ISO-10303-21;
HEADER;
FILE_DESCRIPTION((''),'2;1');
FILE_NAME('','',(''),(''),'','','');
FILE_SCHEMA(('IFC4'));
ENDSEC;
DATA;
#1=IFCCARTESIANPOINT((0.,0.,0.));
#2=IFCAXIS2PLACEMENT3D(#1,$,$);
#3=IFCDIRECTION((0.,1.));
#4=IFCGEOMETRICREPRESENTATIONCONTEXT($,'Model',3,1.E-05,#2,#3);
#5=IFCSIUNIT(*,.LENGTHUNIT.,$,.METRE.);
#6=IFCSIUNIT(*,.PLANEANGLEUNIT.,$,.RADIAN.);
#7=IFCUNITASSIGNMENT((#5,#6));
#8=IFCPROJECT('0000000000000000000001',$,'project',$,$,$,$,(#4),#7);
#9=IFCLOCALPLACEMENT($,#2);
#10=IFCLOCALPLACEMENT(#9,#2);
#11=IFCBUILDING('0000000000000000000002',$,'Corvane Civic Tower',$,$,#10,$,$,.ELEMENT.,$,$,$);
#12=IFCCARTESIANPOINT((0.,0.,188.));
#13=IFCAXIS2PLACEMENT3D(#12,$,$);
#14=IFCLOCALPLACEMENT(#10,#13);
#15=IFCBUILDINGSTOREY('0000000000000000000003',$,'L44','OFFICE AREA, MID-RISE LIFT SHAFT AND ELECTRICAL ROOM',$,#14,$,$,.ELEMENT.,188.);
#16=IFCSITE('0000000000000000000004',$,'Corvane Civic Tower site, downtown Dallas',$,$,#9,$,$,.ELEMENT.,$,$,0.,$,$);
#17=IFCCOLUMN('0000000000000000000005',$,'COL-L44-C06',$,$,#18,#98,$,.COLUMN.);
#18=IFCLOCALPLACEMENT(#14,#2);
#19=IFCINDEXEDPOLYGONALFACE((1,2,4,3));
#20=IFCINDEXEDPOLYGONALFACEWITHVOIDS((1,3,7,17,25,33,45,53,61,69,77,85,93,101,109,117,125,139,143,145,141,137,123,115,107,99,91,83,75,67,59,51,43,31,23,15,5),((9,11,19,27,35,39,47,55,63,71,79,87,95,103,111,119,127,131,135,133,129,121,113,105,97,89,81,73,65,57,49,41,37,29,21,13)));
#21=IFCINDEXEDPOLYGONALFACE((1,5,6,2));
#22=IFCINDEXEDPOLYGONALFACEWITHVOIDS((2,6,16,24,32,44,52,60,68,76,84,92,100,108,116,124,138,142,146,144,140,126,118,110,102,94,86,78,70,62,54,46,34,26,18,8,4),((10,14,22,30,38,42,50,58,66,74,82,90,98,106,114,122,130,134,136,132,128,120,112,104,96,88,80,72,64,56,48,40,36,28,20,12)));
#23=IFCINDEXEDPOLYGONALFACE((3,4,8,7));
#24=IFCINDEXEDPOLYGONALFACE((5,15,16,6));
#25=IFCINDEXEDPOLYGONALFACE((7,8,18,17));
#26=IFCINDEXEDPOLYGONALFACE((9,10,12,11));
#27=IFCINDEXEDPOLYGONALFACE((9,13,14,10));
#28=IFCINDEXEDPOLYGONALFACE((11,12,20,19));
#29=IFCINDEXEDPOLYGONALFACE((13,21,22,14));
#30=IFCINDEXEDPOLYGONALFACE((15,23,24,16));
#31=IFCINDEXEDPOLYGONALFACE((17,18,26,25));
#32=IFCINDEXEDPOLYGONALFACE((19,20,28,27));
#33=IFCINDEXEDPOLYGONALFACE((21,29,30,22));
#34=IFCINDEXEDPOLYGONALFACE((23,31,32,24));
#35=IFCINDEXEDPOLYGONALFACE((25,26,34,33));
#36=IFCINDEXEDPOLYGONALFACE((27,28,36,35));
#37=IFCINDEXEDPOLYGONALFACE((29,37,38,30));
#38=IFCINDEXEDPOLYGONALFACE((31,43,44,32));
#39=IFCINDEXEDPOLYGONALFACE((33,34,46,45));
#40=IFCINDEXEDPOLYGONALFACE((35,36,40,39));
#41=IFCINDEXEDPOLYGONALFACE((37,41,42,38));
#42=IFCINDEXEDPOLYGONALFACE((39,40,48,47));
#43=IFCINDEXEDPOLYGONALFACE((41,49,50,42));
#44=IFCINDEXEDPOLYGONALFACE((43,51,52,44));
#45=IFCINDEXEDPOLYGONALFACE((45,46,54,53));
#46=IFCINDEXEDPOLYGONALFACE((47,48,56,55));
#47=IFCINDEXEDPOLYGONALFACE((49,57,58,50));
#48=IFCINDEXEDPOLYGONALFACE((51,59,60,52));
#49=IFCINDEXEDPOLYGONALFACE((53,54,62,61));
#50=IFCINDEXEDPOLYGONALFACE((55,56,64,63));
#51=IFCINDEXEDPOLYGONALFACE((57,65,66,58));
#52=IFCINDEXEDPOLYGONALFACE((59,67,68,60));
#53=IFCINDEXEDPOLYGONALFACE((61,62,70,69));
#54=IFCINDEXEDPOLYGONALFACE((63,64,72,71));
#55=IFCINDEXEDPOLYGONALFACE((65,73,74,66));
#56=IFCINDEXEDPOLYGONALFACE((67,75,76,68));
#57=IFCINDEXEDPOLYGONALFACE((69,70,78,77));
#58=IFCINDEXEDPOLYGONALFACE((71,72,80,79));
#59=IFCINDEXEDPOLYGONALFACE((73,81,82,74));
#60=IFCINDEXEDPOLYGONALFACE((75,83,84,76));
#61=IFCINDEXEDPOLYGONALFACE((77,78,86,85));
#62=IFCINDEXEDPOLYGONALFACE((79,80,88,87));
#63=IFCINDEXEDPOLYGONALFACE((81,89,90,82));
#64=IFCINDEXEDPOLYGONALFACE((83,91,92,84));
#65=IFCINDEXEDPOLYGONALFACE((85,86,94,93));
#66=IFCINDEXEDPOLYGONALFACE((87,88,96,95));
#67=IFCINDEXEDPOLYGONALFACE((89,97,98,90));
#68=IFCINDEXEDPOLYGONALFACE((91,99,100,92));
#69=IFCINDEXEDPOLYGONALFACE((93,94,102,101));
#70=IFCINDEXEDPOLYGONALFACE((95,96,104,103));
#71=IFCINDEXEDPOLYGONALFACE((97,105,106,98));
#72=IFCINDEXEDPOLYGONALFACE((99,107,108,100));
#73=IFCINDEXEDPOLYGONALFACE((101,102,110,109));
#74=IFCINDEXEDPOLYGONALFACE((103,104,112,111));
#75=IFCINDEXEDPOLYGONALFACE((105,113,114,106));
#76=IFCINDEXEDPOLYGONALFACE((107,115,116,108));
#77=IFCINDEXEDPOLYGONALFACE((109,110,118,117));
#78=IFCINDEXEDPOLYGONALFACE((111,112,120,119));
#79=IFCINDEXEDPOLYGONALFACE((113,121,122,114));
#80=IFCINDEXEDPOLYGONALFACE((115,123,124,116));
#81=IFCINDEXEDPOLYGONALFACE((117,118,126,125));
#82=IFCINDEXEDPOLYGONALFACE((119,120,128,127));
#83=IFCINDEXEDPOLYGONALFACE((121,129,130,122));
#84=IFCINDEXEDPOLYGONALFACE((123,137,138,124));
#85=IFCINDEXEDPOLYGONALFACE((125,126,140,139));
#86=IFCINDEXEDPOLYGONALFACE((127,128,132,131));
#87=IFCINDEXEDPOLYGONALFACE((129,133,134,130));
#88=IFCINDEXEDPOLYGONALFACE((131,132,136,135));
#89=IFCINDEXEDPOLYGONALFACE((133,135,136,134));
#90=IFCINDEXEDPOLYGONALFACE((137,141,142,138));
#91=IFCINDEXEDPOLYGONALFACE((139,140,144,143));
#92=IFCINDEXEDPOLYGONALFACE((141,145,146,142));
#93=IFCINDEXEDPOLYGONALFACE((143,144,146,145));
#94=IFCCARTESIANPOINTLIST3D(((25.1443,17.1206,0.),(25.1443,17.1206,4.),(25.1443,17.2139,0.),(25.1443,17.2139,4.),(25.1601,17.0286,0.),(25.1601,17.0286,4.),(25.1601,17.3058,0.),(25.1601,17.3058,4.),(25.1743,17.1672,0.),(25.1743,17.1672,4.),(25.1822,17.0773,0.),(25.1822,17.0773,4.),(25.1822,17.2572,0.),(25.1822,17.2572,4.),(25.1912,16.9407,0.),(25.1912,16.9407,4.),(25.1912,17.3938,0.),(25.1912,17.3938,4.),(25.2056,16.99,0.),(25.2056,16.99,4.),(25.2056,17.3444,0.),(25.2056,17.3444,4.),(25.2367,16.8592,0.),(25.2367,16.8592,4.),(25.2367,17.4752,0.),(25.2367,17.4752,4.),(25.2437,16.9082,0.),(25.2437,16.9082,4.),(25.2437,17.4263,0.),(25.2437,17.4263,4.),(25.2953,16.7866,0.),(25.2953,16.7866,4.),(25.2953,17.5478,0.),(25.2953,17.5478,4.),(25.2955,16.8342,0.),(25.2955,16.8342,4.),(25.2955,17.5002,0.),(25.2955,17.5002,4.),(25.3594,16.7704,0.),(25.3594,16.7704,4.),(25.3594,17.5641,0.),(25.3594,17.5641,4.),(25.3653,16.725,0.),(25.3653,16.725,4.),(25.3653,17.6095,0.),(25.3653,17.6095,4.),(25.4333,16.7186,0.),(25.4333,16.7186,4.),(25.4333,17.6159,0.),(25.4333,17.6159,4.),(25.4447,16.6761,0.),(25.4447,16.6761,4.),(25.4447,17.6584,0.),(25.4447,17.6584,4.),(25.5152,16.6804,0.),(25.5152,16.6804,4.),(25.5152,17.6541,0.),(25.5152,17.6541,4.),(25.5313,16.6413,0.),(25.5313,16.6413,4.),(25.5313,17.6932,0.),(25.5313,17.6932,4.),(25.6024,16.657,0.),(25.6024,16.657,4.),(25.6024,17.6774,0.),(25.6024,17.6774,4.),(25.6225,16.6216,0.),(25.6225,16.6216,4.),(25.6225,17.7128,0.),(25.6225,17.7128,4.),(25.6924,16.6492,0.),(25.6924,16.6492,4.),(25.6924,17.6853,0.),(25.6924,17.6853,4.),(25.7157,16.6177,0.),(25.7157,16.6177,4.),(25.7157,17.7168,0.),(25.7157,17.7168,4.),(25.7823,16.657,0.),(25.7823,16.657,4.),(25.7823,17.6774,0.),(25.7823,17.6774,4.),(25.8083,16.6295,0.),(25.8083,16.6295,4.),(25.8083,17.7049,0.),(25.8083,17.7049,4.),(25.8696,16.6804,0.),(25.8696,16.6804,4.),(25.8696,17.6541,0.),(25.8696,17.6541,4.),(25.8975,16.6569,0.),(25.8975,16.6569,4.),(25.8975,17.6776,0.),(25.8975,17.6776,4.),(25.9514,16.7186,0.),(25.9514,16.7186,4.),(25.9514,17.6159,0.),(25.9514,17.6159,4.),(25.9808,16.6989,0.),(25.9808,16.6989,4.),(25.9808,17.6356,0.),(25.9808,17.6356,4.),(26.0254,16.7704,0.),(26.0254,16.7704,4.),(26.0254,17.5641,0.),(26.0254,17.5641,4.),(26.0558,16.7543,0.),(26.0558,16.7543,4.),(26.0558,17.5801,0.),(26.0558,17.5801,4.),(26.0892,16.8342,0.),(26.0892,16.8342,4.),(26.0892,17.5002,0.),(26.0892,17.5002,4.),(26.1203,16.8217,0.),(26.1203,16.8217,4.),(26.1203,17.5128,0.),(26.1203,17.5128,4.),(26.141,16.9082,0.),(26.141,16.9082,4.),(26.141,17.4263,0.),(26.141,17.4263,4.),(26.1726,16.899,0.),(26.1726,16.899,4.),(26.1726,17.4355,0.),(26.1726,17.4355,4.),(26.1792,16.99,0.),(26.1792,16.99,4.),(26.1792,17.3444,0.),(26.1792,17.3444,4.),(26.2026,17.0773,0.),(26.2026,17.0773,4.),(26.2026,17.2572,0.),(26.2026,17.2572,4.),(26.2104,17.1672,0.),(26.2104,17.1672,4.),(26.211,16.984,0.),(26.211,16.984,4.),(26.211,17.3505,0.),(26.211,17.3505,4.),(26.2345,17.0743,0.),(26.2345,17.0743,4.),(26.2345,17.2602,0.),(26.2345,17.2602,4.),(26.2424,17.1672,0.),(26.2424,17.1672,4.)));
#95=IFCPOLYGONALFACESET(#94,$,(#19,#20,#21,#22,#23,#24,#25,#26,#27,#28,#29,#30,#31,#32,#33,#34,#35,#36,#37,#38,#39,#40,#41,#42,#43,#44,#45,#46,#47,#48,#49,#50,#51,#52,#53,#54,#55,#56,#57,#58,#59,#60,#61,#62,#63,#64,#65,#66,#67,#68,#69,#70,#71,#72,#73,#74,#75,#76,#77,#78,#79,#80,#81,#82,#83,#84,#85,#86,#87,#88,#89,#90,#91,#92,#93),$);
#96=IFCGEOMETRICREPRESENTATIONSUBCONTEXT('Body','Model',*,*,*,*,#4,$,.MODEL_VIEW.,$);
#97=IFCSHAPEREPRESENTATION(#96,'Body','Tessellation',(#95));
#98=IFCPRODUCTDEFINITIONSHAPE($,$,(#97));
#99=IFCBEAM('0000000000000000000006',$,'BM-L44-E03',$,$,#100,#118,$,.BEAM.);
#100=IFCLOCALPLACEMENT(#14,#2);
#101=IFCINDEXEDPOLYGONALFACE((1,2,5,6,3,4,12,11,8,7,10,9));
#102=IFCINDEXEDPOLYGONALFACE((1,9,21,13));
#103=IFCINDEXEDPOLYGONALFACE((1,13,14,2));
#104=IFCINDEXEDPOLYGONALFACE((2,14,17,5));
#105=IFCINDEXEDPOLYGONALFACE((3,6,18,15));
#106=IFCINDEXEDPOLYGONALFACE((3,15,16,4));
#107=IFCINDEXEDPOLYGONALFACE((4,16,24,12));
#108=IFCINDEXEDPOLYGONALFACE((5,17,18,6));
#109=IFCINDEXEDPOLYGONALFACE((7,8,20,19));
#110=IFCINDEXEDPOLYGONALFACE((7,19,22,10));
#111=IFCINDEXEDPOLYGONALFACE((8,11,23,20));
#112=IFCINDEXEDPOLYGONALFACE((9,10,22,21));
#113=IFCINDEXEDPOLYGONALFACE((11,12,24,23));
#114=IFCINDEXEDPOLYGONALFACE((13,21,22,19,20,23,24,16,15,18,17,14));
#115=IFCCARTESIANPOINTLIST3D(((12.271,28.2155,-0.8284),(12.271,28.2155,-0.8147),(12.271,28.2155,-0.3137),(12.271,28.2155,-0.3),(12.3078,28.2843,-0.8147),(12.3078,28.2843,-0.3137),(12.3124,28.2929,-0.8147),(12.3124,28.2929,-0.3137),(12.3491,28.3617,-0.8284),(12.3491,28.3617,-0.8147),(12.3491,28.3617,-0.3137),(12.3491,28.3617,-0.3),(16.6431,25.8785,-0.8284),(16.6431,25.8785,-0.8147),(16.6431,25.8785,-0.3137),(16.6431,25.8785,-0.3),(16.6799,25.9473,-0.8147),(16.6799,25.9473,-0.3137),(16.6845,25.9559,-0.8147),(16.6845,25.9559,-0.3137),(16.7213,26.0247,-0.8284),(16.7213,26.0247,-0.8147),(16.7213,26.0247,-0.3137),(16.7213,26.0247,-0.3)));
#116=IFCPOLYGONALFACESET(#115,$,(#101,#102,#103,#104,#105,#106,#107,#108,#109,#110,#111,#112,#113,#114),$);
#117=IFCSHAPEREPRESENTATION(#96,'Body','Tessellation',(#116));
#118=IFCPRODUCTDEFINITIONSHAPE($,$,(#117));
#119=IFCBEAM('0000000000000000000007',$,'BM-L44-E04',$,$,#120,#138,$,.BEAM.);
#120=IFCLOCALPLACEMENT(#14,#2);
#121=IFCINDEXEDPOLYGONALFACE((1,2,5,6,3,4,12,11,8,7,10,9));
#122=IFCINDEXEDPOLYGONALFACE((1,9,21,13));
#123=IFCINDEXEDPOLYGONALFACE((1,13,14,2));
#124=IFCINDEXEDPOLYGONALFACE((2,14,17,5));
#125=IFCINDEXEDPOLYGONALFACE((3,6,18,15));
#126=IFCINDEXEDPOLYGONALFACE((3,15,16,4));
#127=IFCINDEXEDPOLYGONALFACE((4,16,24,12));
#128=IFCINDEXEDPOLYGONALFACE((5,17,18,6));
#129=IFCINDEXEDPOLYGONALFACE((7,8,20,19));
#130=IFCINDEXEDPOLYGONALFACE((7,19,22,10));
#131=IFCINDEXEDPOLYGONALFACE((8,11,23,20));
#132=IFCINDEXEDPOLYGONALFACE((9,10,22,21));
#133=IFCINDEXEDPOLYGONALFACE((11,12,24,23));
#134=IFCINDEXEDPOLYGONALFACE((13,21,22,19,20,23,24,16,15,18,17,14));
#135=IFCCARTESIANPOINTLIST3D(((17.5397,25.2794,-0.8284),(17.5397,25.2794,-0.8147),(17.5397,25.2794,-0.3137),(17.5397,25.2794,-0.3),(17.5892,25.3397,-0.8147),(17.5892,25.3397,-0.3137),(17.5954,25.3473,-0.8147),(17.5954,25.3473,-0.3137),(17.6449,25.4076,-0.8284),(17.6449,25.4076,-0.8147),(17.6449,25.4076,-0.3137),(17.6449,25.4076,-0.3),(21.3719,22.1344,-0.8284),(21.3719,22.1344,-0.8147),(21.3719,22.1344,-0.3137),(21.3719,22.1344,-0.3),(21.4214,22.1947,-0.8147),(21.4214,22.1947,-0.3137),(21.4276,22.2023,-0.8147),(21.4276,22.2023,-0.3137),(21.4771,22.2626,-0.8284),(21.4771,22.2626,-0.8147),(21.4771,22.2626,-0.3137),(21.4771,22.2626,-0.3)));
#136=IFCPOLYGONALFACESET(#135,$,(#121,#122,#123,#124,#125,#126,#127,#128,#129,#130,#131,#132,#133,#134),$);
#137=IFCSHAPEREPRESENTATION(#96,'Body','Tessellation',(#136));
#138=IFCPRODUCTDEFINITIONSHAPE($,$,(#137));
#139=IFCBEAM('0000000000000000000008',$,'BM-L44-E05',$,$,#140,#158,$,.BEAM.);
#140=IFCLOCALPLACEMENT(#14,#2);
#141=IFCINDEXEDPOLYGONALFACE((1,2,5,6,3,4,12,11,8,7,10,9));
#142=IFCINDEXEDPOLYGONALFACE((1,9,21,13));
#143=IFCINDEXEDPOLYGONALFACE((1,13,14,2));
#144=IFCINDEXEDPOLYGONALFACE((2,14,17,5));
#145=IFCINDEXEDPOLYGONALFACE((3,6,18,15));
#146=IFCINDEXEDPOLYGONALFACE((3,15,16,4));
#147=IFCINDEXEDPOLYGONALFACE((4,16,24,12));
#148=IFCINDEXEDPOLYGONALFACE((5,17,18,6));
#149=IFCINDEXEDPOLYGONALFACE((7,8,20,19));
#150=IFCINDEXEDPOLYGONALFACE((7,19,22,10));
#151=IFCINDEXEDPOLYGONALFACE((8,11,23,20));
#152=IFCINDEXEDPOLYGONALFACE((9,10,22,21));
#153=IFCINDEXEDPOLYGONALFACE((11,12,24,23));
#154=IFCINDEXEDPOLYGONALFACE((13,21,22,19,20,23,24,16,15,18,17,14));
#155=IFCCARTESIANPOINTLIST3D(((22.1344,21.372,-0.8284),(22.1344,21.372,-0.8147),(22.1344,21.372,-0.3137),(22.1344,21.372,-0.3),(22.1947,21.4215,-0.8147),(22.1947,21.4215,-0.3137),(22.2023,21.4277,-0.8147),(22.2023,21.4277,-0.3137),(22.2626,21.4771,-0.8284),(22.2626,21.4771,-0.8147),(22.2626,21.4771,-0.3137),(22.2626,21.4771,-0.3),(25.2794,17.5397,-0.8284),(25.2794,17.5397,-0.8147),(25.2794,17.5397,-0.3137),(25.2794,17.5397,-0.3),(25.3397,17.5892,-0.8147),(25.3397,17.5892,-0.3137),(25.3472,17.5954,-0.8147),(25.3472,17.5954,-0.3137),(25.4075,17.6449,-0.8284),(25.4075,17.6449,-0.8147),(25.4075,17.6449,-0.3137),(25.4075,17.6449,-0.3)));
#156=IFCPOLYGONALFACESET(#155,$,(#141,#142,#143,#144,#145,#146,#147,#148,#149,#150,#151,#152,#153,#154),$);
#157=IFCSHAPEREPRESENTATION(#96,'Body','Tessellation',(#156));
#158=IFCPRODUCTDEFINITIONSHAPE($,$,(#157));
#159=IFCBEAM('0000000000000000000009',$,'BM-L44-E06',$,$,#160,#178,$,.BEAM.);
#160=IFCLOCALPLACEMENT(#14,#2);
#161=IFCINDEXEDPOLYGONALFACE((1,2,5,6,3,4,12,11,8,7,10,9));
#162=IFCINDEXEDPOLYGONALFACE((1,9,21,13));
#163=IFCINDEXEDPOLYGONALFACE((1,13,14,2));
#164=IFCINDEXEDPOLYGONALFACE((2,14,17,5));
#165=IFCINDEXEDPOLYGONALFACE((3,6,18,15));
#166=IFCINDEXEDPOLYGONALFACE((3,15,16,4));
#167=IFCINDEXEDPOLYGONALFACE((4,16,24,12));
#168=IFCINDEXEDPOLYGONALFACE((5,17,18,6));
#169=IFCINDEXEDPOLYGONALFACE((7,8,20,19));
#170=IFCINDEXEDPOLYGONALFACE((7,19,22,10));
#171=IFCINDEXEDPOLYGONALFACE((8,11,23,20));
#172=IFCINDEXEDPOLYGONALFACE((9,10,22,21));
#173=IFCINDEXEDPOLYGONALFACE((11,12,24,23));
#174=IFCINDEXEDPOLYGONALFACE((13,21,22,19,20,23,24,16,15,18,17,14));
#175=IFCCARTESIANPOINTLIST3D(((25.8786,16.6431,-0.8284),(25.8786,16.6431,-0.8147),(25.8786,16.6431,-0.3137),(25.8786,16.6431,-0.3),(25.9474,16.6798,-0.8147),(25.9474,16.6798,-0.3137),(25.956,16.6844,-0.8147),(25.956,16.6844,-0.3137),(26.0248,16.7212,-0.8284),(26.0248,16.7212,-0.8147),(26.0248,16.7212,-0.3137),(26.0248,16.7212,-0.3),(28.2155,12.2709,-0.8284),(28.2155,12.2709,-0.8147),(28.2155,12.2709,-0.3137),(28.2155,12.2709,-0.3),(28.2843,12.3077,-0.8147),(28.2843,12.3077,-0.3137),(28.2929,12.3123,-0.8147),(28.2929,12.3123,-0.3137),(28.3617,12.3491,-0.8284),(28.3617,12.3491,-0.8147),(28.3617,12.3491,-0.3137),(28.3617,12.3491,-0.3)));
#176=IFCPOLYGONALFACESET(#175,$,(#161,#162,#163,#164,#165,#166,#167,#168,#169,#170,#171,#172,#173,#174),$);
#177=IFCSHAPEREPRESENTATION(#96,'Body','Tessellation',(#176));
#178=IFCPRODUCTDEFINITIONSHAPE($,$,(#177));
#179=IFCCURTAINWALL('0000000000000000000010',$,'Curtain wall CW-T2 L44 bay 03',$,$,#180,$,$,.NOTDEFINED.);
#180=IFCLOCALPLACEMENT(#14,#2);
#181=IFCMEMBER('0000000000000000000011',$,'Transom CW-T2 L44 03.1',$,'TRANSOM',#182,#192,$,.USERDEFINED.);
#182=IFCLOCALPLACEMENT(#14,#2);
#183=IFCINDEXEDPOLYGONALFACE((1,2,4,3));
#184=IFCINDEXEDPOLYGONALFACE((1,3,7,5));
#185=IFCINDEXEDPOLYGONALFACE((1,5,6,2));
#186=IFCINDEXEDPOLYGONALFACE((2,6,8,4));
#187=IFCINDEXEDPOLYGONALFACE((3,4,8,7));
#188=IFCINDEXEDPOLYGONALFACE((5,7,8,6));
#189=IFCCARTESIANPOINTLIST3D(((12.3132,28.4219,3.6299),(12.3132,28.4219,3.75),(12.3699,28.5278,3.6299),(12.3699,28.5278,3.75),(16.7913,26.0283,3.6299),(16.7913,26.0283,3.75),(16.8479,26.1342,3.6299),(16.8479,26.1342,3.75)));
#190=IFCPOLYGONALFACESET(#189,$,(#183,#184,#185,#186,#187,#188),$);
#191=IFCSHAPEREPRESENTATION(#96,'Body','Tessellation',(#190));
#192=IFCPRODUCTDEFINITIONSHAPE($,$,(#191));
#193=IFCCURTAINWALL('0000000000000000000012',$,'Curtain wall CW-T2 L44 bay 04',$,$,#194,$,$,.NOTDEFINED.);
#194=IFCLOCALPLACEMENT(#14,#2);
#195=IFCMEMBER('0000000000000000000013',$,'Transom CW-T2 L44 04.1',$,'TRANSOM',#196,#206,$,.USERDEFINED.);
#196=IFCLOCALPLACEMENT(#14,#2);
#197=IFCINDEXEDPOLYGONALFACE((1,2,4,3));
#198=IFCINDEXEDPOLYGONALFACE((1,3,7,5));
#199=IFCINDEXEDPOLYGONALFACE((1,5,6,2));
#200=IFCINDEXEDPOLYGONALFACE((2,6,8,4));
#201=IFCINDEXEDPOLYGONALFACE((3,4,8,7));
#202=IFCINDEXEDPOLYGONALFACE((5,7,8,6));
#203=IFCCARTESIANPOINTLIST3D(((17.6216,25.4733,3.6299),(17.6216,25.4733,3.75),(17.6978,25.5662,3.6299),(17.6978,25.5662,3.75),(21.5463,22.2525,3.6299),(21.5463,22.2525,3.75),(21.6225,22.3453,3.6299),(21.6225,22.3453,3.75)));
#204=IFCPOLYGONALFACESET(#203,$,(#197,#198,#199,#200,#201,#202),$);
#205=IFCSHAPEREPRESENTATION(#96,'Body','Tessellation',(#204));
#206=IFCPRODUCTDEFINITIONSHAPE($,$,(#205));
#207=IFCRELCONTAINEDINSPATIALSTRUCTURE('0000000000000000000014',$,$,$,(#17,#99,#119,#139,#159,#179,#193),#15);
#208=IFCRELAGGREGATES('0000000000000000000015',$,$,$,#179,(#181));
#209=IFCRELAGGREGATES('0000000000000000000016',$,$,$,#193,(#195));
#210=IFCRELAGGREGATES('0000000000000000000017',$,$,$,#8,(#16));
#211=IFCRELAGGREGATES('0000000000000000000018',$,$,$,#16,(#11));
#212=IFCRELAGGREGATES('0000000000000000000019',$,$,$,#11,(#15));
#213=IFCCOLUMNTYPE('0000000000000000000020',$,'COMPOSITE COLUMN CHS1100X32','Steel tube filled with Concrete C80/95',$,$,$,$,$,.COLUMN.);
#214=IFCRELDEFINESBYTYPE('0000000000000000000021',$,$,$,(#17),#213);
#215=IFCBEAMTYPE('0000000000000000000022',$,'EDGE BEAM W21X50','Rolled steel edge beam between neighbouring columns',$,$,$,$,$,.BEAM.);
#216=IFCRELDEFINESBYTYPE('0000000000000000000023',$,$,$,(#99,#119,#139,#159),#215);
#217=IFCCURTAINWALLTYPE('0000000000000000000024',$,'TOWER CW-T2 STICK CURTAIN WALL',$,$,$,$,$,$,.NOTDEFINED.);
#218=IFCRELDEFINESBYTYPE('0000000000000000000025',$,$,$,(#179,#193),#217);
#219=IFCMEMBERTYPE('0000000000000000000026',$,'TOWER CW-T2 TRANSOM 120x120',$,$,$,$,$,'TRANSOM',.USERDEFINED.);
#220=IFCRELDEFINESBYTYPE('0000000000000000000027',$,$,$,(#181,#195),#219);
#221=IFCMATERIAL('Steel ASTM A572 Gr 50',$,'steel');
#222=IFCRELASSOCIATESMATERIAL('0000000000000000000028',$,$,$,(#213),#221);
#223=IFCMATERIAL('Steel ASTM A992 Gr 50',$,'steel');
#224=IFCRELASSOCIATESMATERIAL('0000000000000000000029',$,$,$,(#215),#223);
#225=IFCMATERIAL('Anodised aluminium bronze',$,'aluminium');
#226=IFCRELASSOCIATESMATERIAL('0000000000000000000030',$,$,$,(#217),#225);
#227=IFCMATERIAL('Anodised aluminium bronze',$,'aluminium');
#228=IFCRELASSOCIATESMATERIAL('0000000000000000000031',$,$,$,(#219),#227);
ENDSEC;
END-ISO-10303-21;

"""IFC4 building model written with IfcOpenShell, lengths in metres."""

from ifc_helpers import new_model, si_unit, direction, frame, origin, origin_2d, place, context, subcontext, project, spatial, rectangle, hollow_circle, i_section, extrude, material, material_profile, profile_set, type_object, element, aggregate, save


model = new_model("IFC4")

# Units and contexts
model_context = context("Model", 3, precision=1e-05, world=origin(), true_north=direction((0.0, 1.0)))
body_context = subcontext(model_context, "Body", "Model", "MODEL_VIEW")
ifc_project = project(units=[si_unit("LENGTHUNIT", "METRE"), si_unit("PLANEANGLEUNIT", "RADIAN")], contexts=[model_context])

# Site, building, storey
site_placement = place(None, origin())
site = spatial("IfcSite", under=ifc_project, at=site_placement, Name="Corvane Civic Tower site, downtown Dallas", CompositionType="ELEMENT", RefElevation=0.0)
building_placement = place(site_placement, origin())
building = spatial("IfcBuilding", under=site, at=building_placement, Name="Corvane Civic Tower", CompositionType="ELEMENT")
storey_placement = place(building_placement, frame((0.0, 0.0, 188.0)))
storey = spatial("IfcBuildingStorey", under=building, at=storey_placement, Name="L44", Description="OFFICE AREA, MID-RISE LIFT SHAFT AND ELECTRICAL ROOM", CompositionType="ELEMENT", Elevation=188.0)

# Column
ifc_material_1 = material(Name="Steel ASTM A572 Gr 50", Category="steel")
ifc_material_profile_1 = material_profile(ifc_material_1, hollow_circle(Radius=0.55, WallThickness=0.032, at=origin_2d()), Name="CHS1100X32")
ifc_profile_set_1 = profile_set([ifc_material_profile_1], Name="Steel ASTM A572 Gr 50")
column_type = type_object("IfcColumnType", Name="COMPOSITE COLUMN CHS1100X32", Description="Steel tube filled with Concrete C80/95", PredefinedType="COLUMN", material=ifc_profile_set_1)
for number, where, z_axis, x_axis, name in (
    (1, (25.6924, 17.1672, 0.0), (0.0, 0.0, 1.0), (1.0, 0.0, 0.0), "COL-L44-C06"),
):
    element("IfcColumn", number, at=place(storey_placement, frame(where, z_axis=z_axis, x_axis=x_axis)), inside=storey, type_object=column_type, Name=name, PredefinedType="COLUMN", context=body_context, shape_type="SweptSolid", body=[
        extrude(hollow_circle(Radius=0.55, WallThickness=0.032, at=origin_2d()), origin(), (0.0, 0.0, 1.0), 4.0),
    ])

# Beams
ifc_material_2 = material(Name="Steel ASTM A992 Gr 50", Category="steel")
ifc_material_profile_2 = material_profile(ifc_material_2, i_section(OverallWidth=0.1658, OverallDepth=0.5283, WebThickness=0.0098, FlangeThickness=0.0137, at=origin_2d()), Name="W21X50")
ifc_profile_set_2 = profile_set([ifc_material_profile_2], Name="Steel ASTM A992 Gr 50")
beam_type = type_object("IfcBeamType", Name="EDGE BEAM W21X50", Description="Rolled steel edge beam between neighbouring columns", PredefinedType="BEAM", material=ifc_profile_set_2)
for number, where, z_axis, x_axis, name in (
    (2, (12.3101, 28.2886, -0.5642), (0.881922, -0.471396, 0.0), (0.471396, 0.881922, 0.0), "BM-L44-E03"),
    (3, (17.5923, 25.3435, -0.5642), (0.773015, -0.634388, 0.0), (0.634388, 0.773015, 0.0), "BM-L44-E04"),
    (4, (22.1985, 21.4246, -0.5642), (0.634388, -0.773015, 0.0), (0.773015, 0.634388, 0.0), "BM-L44-E05"),
    (5, (25.9517, 16.6821, -0.5642), (0.471396, -0.881922, 0.0), (0.881922, 0.471396, 0.0), "BM-L44-E06"),
):
    element("IfcBeam", number, at=place(storey_placement, frame(where, z_axis=z_axis, x_axis=x_axis)), inside=storey, type_object=beam_type, Name=name, PredefinedType="BEAM", context=body_context, shape_type="SweptSolid", body=[
        extrude(i_section(OverallWidth=0.1658, OverallDepth=0.5283, WebThickness=0.0098, FlangeThickness=0.0137, at=origin_2d()), origin(), (0.0, 0.0, 1.0), 4.9575),
    ])

# Curtain walls, members
ifc_material_3 = material(Name="Anodised aluminium bronze", Category="aluminium")
curtain_wall_type = type_object("IfcCurtainWallType", Name="TOWER CW-T2 STICK CURTAIN WALL", PredefinedType="NOTDEFINED", material=ifc_material_3)
curtain_wall_1_placement = place(storey_placement, origin())
curtain_wall_1 = element("IfcCurtainWall", 6, at=curtain_wall_1_placement, inside=storey, type_object=curtain_wall_type, Name="Curtain wall CW-T2 L44 bay 03", PredefinedType="NOTDEFINED")
ifc_material_4 = material(Name="Anodised aluminium bronze", Category="aluminium")
ifc_material_profile_3 = material_profile(ifc_material_4, rectangle(XDim=0.1201, YDim=0.1201, at=origin_2d()), Name="TOWER CW-T2 TRANSOM 120x120")
ifc_profile_set_3 = profile_set([ifc_material_profile_3], Name="Anodised aluminium bronze")
member_type = type_object("IfcMemberType", Name="TOWER CW-T2 TRANSOM 120x120", ElementType="TRANSOM", PredefinedType="USERDEFINED", material=ifc_profile_set_3)
member_1_placement = place(storey_placement, frame((12.3416, 28.4749, 3.6899), z_axis=(0.881921, -0.471397, 0.0), x_axis=(0.471397, 0.881921, 0.0)))
member_1 = element("IfcMember", 7, at=member_1_placement, type_object=member_type, Name="Transom CW-T2 L44 03.1", ObjectType="TRANSOM", PredefinedType="USERDEFINED", context=body_context, shape_type="SweptSolid", body=[
    extrude(rectangle(XDim=0.1201, YDim=0.1201, at=origin_2d()), origin(), (0.0, 0.0, 1.0), 5.0776),
])
curtain_wall_2_placement = place(storey_placement, origin())
curtain_wall_2 = element("IfcCurtainWall", 8, at=curtain_wall_2_placement, inside=storey, type_object=curtain_wall_type, Name="Curtain wall CW-T2 L44 bay 04", PredefinedType="NOTDEFINED")
member_2_placement = place(storey_placement, frame((17.6597, 25.5198, 3.6899), z_axis=(0.773016, -0.634387, 0.0), x_axis=(0.634387, 0.773016, 0.0)))
member_2 = element("IfcMember", 9, at=member_2_placement, type_object=member_type, Name="Transom CW-T2 L44 04.1", ObjectType="TRANSOM", PredefinedType="USERDEFINED", context=body_context, shape_type="SweptSolid", body=[
    extrude(rectangle(XDim=0.1201, YDim=0.1201, at=origin_2d()), origin(), (0.0, 0.0, 1.0), 5.0771),
])

aggregate(curtain_wall_1, [member_1])
aggregate(curtain_wall_2, [member_2])

save(model, "model.ifc")
